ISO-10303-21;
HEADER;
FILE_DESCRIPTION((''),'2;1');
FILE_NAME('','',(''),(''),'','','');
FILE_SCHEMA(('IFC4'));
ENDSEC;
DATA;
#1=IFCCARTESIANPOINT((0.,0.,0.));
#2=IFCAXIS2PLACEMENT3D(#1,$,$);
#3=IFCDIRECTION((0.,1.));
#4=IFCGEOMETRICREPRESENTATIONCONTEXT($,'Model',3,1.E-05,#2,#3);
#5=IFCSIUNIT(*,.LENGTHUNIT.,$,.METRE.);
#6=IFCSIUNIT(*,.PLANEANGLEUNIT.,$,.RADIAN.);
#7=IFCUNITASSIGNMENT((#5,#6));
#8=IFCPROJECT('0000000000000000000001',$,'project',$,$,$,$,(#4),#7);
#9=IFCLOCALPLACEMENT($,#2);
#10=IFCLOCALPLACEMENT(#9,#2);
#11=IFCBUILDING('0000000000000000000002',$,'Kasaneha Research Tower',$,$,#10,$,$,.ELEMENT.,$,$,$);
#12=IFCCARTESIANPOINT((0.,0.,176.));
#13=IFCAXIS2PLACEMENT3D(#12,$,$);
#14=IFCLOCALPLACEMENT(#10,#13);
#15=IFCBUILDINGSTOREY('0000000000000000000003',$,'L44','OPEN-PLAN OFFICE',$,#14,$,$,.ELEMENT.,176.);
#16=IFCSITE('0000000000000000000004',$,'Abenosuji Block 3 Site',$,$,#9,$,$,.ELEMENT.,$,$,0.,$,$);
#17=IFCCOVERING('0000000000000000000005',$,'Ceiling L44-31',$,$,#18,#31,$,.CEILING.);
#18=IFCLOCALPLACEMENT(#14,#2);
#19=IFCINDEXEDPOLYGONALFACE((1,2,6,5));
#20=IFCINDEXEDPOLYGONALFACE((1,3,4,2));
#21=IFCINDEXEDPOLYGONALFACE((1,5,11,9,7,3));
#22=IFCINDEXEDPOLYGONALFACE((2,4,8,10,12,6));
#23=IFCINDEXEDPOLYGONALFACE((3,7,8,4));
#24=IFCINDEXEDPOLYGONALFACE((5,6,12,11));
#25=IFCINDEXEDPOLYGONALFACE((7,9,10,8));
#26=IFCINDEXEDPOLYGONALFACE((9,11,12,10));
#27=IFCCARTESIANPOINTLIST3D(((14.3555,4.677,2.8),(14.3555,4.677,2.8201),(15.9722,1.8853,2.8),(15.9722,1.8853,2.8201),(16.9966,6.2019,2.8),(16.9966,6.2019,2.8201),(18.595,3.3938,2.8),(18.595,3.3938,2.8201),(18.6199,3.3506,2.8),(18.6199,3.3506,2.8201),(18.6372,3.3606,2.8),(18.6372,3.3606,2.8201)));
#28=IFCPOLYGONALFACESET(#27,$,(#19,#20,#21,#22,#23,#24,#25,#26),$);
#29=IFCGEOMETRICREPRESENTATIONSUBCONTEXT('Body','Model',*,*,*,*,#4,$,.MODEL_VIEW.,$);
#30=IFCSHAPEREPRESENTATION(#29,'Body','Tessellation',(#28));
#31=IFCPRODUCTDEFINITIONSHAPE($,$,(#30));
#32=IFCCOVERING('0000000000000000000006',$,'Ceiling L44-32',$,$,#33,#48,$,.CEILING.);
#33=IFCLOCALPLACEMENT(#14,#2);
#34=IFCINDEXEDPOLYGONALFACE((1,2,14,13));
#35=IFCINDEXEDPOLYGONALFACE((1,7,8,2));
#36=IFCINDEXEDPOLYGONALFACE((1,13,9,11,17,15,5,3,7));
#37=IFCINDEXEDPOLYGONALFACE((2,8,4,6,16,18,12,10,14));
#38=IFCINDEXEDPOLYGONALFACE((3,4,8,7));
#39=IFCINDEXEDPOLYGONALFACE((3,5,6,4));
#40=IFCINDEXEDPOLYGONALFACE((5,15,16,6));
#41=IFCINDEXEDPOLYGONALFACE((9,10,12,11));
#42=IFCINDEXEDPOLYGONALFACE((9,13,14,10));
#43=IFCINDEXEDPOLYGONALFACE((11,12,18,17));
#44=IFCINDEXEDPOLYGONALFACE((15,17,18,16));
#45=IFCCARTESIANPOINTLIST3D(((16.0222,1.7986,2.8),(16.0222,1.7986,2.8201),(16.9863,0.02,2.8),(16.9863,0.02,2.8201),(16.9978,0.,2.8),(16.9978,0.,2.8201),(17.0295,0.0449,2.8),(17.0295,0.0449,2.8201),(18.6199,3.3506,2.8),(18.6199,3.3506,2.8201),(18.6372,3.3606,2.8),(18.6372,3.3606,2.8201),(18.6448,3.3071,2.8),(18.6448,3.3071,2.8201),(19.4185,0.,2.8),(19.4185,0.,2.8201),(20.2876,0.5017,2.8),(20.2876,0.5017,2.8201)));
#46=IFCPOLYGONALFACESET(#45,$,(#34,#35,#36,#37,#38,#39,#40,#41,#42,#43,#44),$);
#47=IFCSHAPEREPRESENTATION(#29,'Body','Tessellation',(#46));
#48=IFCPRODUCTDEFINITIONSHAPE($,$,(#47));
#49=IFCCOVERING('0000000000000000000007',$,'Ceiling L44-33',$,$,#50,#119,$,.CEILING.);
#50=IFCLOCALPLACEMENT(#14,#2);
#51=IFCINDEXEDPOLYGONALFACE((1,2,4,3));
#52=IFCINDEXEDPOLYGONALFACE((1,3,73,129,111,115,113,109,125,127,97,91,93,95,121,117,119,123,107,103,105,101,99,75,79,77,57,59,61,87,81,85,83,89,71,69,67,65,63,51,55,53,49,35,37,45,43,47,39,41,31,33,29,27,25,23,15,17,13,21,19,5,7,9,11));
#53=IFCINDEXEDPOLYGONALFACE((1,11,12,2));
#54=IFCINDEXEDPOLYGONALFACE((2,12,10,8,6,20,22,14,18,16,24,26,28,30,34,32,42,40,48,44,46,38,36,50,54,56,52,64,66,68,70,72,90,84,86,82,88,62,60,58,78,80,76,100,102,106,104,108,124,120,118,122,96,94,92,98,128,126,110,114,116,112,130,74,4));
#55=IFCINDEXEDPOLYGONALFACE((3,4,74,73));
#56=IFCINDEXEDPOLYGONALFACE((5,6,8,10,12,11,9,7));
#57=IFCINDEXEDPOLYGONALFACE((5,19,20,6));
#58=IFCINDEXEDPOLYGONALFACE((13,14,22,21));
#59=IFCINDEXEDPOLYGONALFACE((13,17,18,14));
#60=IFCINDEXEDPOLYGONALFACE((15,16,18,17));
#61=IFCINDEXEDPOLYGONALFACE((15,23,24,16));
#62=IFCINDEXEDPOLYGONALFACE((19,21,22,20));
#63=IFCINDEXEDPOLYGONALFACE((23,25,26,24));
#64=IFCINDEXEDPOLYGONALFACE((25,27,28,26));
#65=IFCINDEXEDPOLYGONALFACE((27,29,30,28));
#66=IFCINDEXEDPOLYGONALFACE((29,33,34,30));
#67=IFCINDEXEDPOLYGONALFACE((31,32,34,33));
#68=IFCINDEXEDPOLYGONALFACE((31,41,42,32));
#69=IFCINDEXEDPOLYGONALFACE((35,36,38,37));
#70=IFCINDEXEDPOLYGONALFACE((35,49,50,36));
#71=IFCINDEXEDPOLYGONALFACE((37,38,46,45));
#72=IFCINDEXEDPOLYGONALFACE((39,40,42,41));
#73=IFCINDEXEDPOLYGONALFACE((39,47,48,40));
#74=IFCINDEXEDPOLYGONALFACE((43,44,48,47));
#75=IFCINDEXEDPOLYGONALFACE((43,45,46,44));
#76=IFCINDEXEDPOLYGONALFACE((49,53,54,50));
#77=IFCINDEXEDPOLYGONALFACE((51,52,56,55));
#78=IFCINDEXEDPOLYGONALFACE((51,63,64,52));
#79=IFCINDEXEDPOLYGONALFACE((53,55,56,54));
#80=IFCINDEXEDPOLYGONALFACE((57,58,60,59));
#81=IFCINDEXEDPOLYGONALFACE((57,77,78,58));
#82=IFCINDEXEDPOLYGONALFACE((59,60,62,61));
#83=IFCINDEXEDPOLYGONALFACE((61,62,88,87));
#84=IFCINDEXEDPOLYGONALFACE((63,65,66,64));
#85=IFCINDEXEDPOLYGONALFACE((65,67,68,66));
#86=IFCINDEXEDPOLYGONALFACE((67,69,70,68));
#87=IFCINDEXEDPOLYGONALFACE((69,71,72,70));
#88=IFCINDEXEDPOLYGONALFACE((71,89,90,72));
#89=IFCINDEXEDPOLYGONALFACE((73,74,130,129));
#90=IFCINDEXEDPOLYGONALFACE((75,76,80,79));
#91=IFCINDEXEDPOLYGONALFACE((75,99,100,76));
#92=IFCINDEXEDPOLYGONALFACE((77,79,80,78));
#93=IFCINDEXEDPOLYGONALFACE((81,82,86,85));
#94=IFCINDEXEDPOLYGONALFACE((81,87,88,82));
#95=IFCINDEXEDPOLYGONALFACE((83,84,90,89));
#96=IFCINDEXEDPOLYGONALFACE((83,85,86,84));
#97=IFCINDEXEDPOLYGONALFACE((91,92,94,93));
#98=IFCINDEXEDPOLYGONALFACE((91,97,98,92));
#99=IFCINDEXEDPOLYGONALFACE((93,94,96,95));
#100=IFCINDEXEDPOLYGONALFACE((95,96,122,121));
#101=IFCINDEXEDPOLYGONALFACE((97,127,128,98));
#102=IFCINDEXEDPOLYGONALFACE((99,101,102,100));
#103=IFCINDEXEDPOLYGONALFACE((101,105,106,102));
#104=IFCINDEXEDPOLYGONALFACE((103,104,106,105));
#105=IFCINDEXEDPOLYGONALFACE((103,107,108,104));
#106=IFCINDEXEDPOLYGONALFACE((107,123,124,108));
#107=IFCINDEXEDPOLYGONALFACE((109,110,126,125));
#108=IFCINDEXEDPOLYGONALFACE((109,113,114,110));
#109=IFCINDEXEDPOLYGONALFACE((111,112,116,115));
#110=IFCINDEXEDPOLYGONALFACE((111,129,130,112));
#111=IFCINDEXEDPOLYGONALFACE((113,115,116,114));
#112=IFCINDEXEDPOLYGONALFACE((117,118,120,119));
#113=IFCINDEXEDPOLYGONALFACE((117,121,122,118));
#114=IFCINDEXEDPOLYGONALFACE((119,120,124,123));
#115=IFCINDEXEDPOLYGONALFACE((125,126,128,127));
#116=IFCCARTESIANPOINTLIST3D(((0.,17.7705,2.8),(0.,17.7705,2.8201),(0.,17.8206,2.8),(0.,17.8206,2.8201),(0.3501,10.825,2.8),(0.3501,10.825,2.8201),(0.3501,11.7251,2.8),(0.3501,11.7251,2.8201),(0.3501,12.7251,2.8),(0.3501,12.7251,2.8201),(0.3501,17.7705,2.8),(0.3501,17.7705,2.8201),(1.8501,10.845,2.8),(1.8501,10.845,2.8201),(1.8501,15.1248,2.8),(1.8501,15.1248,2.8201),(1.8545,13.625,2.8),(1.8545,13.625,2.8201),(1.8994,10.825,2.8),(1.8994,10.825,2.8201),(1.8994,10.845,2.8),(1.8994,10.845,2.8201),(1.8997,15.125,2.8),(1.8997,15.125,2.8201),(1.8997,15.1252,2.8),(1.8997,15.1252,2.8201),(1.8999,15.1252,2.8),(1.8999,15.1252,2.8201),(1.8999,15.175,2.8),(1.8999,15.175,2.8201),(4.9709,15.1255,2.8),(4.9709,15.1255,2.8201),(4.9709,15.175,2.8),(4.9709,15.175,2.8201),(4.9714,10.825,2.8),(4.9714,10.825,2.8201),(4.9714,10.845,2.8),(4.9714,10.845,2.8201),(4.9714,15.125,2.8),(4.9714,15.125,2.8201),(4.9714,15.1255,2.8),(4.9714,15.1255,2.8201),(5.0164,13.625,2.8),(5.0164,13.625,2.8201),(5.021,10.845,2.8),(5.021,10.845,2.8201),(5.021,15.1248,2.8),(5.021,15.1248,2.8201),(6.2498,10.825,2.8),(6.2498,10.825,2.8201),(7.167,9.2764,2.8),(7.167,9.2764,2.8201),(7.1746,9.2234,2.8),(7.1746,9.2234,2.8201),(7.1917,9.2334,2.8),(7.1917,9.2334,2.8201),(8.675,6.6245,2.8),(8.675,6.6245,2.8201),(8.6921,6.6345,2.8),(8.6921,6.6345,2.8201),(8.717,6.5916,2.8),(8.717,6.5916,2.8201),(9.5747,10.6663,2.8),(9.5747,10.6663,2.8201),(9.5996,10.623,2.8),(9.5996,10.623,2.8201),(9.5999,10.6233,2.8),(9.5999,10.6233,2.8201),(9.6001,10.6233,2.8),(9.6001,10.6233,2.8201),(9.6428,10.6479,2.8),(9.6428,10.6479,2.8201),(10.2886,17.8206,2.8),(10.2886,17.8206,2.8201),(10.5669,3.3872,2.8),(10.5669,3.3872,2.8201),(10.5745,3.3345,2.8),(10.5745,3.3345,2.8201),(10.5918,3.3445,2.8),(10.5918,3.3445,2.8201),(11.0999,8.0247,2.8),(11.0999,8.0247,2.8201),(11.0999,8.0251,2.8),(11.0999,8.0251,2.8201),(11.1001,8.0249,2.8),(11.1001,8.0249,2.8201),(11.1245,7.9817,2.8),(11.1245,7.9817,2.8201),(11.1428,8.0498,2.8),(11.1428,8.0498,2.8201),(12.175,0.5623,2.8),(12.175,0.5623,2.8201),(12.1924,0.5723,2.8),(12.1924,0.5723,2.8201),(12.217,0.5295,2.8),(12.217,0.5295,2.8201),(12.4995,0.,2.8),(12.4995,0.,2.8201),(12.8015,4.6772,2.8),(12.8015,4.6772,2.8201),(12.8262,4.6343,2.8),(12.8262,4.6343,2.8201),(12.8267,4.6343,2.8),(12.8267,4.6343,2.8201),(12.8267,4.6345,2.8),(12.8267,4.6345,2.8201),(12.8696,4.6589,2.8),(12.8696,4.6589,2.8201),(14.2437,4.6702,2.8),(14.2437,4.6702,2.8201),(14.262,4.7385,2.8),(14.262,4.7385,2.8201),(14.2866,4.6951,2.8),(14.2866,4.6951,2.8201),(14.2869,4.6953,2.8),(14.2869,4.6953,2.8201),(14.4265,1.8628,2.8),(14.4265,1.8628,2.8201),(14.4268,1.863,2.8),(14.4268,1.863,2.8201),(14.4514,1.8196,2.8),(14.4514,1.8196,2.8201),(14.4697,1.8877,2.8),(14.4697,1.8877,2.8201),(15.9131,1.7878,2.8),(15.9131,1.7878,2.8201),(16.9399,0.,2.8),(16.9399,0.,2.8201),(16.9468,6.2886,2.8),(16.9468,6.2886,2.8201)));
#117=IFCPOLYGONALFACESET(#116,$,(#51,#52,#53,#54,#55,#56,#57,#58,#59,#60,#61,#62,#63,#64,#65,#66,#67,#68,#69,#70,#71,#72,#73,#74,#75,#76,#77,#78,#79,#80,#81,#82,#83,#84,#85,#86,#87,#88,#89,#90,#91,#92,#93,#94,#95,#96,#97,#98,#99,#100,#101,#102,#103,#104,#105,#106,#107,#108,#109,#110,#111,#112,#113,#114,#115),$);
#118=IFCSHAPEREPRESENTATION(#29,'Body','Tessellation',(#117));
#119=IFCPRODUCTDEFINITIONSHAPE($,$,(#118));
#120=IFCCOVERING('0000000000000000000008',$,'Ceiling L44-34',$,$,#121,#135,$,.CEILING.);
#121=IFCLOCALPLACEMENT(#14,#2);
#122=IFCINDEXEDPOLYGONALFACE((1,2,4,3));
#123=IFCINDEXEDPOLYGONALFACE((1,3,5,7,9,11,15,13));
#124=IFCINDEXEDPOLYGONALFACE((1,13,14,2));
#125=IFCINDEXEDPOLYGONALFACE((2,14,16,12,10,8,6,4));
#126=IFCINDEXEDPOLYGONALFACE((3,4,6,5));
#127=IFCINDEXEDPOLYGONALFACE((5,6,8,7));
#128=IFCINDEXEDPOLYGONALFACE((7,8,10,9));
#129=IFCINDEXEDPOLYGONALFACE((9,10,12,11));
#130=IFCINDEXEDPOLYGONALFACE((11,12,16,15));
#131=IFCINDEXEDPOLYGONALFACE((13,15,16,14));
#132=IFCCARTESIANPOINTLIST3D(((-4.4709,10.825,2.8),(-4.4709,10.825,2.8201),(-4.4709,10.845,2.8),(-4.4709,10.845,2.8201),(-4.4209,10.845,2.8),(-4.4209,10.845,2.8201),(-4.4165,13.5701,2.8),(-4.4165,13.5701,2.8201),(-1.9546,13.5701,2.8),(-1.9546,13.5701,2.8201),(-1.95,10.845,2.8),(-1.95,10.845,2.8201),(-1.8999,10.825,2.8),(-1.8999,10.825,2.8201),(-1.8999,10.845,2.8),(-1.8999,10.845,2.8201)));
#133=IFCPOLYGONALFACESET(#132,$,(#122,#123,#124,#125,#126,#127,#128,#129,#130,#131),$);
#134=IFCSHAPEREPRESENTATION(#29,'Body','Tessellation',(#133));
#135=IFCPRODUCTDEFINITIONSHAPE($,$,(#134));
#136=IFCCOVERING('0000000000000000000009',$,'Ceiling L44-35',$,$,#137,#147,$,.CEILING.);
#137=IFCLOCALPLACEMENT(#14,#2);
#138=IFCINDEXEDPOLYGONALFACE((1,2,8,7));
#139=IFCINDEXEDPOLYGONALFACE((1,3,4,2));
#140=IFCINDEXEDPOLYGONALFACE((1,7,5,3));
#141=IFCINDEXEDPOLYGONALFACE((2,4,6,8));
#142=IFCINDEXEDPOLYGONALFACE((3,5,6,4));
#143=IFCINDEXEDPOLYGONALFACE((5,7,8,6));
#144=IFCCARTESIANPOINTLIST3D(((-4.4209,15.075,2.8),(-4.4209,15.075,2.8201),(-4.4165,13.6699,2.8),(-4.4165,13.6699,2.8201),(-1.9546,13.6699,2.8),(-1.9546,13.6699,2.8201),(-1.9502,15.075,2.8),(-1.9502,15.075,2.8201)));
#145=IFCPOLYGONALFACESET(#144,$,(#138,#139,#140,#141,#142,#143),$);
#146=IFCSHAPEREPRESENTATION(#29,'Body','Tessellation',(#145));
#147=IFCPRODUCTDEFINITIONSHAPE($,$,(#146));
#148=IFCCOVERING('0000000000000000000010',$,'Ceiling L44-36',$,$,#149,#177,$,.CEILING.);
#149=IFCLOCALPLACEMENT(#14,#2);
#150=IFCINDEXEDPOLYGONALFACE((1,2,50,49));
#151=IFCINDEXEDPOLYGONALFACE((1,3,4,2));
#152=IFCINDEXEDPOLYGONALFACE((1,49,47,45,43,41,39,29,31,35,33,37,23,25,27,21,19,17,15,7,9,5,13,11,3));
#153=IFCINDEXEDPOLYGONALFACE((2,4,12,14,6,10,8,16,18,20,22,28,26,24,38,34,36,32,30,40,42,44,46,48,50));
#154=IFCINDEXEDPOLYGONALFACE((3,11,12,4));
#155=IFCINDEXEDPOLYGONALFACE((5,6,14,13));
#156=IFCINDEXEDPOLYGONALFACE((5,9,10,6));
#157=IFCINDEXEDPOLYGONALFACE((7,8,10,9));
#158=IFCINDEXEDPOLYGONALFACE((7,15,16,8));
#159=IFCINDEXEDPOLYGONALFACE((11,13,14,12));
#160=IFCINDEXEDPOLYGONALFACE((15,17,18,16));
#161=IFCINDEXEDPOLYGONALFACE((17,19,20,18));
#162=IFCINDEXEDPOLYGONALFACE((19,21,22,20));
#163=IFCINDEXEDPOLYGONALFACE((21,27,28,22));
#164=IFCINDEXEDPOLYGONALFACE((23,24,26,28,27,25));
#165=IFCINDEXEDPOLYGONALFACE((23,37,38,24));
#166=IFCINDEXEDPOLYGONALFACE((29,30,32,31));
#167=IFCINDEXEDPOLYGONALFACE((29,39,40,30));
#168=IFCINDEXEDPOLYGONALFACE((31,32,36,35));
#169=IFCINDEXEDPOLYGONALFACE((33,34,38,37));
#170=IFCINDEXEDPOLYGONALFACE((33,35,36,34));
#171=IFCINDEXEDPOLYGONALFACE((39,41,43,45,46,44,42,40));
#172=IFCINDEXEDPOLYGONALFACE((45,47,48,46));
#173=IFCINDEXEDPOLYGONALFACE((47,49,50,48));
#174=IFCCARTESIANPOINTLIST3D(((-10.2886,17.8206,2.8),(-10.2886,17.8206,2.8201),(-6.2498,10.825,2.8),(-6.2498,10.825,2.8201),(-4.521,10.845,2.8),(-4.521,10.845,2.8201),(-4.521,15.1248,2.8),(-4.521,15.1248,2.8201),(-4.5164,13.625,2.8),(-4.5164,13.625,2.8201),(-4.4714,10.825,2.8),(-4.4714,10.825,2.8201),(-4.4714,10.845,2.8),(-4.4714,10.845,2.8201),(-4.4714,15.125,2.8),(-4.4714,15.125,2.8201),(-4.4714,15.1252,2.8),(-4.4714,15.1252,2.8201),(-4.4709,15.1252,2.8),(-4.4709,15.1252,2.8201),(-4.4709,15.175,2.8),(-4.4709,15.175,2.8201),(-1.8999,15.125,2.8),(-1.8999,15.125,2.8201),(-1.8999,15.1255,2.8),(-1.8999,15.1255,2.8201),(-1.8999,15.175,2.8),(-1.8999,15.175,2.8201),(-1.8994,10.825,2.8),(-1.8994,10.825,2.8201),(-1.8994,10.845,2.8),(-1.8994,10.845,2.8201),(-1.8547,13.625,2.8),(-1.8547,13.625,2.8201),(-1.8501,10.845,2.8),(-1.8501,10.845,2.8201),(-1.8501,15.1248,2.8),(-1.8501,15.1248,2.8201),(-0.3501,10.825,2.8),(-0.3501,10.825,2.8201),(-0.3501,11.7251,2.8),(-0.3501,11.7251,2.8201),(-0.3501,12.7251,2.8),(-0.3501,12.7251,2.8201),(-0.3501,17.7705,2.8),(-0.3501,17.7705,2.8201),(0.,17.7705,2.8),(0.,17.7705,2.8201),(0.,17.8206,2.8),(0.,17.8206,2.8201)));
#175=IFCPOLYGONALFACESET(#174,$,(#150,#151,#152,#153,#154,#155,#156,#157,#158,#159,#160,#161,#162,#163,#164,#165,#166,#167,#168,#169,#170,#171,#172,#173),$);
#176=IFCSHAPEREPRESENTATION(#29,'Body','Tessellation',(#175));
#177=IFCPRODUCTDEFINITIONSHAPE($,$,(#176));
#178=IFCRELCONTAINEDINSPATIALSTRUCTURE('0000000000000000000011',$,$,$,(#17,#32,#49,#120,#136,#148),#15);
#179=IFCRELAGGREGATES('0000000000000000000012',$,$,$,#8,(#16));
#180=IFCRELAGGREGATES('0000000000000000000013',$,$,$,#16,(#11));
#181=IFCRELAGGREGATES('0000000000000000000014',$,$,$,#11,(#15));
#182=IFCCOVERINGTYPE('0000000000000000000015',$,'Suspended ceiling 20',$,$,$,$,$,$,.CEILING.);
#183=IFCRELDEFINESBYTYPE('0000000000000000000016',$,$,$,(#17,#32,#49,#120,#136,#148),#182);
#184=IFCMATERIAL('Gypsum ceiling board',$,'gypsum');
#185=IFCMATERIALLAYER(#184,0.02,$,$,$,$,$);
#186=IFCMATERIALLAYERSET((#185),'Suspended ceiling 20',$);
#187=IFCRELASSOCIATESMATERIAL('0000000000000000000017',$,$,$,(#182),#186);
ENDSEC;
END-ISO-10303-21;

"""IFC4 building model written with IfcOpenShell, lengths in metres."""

from ifc_helpers import new_model, si_unit, direction, frame, origin, place, context, subcontext, project, spatial, polyline, outline, extrude, material, layer, layer_set, type_object, element, save


model = new_model("IFC4")

# Units and contexts
model_context = context("Model", 3, precision=1e-05, world=origin(), true_north=direction((0.0, 1.0)))
body_context = subcontext(model_context, "Body", "Model", "MODEL_VIEW")
ifc_project = project(units=[si_unit("LENGTHUNIT", "METRE"), si_unit("PLANEANGLEUNIT", "RADIAN")], contexts=[model_context])

# Site, building, storey
site_placement = place(None, origin())
site = spatial("IfcSite", under=ifc_project, at=site_placement, Name="Abenosuji Block 3 Site", CompositionType="ELEMENT", RefElevation=0.0)
building_placement = place(site_placement, origin())
building = spatial("IfcBuilding", under=site, at=building_placement, Name="Kasaneha Research Tower", CompositionType="ELEMENT")
storey_placement = place(building_placement, frame((0.0, 0.0, 176.0)))
storey = spatial("IfcBuildingStorey", under=building, at=storey_placement, Name="L44", Description="OPEN-PLAN OFFICE", CompositionType="ELEMENT", Elevation=176.0)

# Coverings
ifc_material_1 = material(Name="Gypsum ceiling board", Category="gypsum")
ifc_layer_1 = layer(ifc_material_1, 0.02)
ifc_layer_set_1 = layer_set([ifc_layer_1], Name="Suspended ceiling 20")
covering_type_1 = type_object("IfcCoveringType", Name="Suspended ceiling 20", PredefinedType="CEILING", material=ifc_layer_set_1)
covering_1_placement = place(storey_placement, frame((0.0, 0.0, 2.8)))
element("IfcCovering", 1, at=covering_1_placement, inside=storey, type_object=covering_type_1, Name="Ceiling L44-31", PredefinedType="CEILING", context=body_context, shape_type="SweptSolid", body=[
    extrude(outline(polyline([(18.6372, 3.3606), (18.6199, 3.3506), (18.595, 3.3938), (15.9722, 1.8853), (14.3555, 4.677), (16.9966, 6.2019), (18.6372, 3.3606)])), origin(), (0.0, 0.0, 1.0), 0.02),
])
covering_2_placement = place(storey_placement, frame((0.0, 0.0, 2.8)))
element("IfcCovering", 2, at=covering_2_placement, inside=storey, type_object=covering_type_1, Name="Ceiling L44-32", PredefinedType="CEILING", context=body_context, shape_type="SweptSolid", body=[
    extrude(outline(polyline([(20.2876, 0.5017), (19.4185, 0.0), (16.9978, 0.0), (16.9863, 0.02), (17.0295, 0.0449), (16.0222, 1.7986), (18.6448, 3.3071), (18.6199, 3.3506), (18.6372, 3.3606), (20.2876, 0.5017)])), origin(), (0.0, 0.0, 1.0), 0.02),
])
covering_3_placement = place(storey_placement, frame((0.0, 0.0, 2.8)))
element("IfcCovering", 3, at=covering_3_placement, inside=storey, type_object=covering_type_1, Name="Ceiling L44-33", PredefinedType="CEILING", context=body_context, shape_type="SweptSolid", body=[
    extrude(outline(polyline([(12.1924, 0.5723), (12.217, 0.5295), (14.4514, 1.8196), (14.4265, 1.8628), (14.4268, 1.863), (14.4268, 1.863), (14.4697, 1.8877), (12.8696, 4.6589), (12.8267, 4.6343), (12.8267, 4.6345), (12.8262, 4.6343), (12.8015, 4.6772), (10.5669, 3.3872), (10.5918, 3.3445), (10.5745, 3.3345), (8.675, 6.6245), (8.6921, 6.6345), (8.717, 6.5916), (11.1245, 7.9817), (11.0999, 8.0247), (11.1001, 8.0249), (11.0999, 8.0251), (11.1428, 8.0498), (9.6428, 10.6479), (9.6001, 10.6233), (9.5999, 10.6233), (9.5996, 10.623), (9.5747, 10.6663), (7.167, 9.2764), (7.1917, 9.2334), (7.1746, 9.2234), (6.2498, 10.825), (4.9714, 10.825), (4.9714, 10.845), (5.021, 10.845), (5.0164, 13.625), (5.021, 15.1248), (4.9714, 15.125), (4.9714, 15.1255), (4.9709, 15.1255), (4.9709, 15.175), (1.8999, 15.175), (1.8999, 15.1252), (1.8997, 15.1252), (1.8997, 15.125), (1.8501, 15.1248), (1.8545, 13.625), (1.8501, 10.845), (1.8994, 10.845), (1.8994, 10.825), (0.3501, 10.825), (0.3501, 11.7251), (0.3501, 12.7251), (0.3501, 17.7705), (0.3501, 17.7705), (0.0, 17.7705), (0.0, 17.8206), (10.2886, 17.8206), (16.9468, 6.2886), (14.262, 4.7385), (14.2869, 4.6953), (14.2866, 4.6951), (14.2866, 4.6951), (14.2437, 4.6702), (15.9131, 1.7878), (16.9399, 0.0), (12.4995, 0.0), (12.175, 0.5623), (12.1924, 0.5723)])), origin(), (0.0, 0.0, 1.0), 0.02),
])
covering_4_placement = place(storey_placement, frame((0.0, 0.0, 2.8)))
element("IfcCovering", 4, at=covering_4_placement, inside=storey, type_object=covering_type_1, Name="Ceiling L44-34", PredefinedType="CEILING", context=body_context, shape_type="SweptSolid", body=[
    extrude(outline(polyline([(-4.4709, 10.825), (-4.4709, 10.845), (-4.4209, 10.845), (-4.4165, 13.5701), (-1.9546, 13.5701), (-1.95, 10.845), (-1.8999, 10.845), (-1.8999, 10.825), (-4.4709, 10.825)])), origin(), (0.0, 0.0, 1.0), 0.02),
])
covering_5_placement = place(storey_placement, frame((0.0, 0.0, 2.8)))
element("IfcCovering", 5, at=covering_5_placement, inside=storey, type_object=covering_type_1, Name="Ceiling L44-35", PredefinedType="CEILING", context=body_context, shape_type="SweptSolid", body=[
    extrude(outline(polyline([(-1.9502, 15.075), (-1.9546, 13.6699), (-4.4165, 13.6699), (-4.4209, 15.075), (-1.9502, 15.075)])), origin(), (0.0, 0.0, 1.0), 0.02),
])
covering_6_placement = place(storey_placement, frame((0.0, 0.0, 2.8)))
element("IfcCovering", 6, at=covering_6_placement, inside=storey, type_object=covering_type_1, Name="Ceiling L44-36", PredefinedType="CEILING", context=body_context, shape_type="SweptSolid", body=[
    extrude(outline(polyline([(-0.3501, 11.7251), (-0.3501, 10.825), (-1.8994, 10.825), (-1.8994, 10.845), (-1.8501, 10.845), (-1.8547, 13.625), (-1.8501, 15.1248), (-1.8999, 15.125), (-1.8999, 15.1255), (-1.8999, 15.175), (-4.4709, 15.175), (-4.4709, 15.1252), (-4.4714, 15.1252), (-4.4714, 15.125), (-4.521, 15.1248), (-4.5164, 13.625), (-4.521, 10.845), (-4.4714, 10.845), (-4.4714, 10.825), (-6.2498, 10.825), (-10.2886, 17.8206), (0.0, 17.8206), (0.0, 17.7705), (-0.3501, 17.7705), (-0.3501, 17.7705), (-0.3501, 12.7251), (-0.3501, 11.7251)])), origin(), (0.0, 0.0, 1.0), 0.02),
])

save(model, "model.ifc")
